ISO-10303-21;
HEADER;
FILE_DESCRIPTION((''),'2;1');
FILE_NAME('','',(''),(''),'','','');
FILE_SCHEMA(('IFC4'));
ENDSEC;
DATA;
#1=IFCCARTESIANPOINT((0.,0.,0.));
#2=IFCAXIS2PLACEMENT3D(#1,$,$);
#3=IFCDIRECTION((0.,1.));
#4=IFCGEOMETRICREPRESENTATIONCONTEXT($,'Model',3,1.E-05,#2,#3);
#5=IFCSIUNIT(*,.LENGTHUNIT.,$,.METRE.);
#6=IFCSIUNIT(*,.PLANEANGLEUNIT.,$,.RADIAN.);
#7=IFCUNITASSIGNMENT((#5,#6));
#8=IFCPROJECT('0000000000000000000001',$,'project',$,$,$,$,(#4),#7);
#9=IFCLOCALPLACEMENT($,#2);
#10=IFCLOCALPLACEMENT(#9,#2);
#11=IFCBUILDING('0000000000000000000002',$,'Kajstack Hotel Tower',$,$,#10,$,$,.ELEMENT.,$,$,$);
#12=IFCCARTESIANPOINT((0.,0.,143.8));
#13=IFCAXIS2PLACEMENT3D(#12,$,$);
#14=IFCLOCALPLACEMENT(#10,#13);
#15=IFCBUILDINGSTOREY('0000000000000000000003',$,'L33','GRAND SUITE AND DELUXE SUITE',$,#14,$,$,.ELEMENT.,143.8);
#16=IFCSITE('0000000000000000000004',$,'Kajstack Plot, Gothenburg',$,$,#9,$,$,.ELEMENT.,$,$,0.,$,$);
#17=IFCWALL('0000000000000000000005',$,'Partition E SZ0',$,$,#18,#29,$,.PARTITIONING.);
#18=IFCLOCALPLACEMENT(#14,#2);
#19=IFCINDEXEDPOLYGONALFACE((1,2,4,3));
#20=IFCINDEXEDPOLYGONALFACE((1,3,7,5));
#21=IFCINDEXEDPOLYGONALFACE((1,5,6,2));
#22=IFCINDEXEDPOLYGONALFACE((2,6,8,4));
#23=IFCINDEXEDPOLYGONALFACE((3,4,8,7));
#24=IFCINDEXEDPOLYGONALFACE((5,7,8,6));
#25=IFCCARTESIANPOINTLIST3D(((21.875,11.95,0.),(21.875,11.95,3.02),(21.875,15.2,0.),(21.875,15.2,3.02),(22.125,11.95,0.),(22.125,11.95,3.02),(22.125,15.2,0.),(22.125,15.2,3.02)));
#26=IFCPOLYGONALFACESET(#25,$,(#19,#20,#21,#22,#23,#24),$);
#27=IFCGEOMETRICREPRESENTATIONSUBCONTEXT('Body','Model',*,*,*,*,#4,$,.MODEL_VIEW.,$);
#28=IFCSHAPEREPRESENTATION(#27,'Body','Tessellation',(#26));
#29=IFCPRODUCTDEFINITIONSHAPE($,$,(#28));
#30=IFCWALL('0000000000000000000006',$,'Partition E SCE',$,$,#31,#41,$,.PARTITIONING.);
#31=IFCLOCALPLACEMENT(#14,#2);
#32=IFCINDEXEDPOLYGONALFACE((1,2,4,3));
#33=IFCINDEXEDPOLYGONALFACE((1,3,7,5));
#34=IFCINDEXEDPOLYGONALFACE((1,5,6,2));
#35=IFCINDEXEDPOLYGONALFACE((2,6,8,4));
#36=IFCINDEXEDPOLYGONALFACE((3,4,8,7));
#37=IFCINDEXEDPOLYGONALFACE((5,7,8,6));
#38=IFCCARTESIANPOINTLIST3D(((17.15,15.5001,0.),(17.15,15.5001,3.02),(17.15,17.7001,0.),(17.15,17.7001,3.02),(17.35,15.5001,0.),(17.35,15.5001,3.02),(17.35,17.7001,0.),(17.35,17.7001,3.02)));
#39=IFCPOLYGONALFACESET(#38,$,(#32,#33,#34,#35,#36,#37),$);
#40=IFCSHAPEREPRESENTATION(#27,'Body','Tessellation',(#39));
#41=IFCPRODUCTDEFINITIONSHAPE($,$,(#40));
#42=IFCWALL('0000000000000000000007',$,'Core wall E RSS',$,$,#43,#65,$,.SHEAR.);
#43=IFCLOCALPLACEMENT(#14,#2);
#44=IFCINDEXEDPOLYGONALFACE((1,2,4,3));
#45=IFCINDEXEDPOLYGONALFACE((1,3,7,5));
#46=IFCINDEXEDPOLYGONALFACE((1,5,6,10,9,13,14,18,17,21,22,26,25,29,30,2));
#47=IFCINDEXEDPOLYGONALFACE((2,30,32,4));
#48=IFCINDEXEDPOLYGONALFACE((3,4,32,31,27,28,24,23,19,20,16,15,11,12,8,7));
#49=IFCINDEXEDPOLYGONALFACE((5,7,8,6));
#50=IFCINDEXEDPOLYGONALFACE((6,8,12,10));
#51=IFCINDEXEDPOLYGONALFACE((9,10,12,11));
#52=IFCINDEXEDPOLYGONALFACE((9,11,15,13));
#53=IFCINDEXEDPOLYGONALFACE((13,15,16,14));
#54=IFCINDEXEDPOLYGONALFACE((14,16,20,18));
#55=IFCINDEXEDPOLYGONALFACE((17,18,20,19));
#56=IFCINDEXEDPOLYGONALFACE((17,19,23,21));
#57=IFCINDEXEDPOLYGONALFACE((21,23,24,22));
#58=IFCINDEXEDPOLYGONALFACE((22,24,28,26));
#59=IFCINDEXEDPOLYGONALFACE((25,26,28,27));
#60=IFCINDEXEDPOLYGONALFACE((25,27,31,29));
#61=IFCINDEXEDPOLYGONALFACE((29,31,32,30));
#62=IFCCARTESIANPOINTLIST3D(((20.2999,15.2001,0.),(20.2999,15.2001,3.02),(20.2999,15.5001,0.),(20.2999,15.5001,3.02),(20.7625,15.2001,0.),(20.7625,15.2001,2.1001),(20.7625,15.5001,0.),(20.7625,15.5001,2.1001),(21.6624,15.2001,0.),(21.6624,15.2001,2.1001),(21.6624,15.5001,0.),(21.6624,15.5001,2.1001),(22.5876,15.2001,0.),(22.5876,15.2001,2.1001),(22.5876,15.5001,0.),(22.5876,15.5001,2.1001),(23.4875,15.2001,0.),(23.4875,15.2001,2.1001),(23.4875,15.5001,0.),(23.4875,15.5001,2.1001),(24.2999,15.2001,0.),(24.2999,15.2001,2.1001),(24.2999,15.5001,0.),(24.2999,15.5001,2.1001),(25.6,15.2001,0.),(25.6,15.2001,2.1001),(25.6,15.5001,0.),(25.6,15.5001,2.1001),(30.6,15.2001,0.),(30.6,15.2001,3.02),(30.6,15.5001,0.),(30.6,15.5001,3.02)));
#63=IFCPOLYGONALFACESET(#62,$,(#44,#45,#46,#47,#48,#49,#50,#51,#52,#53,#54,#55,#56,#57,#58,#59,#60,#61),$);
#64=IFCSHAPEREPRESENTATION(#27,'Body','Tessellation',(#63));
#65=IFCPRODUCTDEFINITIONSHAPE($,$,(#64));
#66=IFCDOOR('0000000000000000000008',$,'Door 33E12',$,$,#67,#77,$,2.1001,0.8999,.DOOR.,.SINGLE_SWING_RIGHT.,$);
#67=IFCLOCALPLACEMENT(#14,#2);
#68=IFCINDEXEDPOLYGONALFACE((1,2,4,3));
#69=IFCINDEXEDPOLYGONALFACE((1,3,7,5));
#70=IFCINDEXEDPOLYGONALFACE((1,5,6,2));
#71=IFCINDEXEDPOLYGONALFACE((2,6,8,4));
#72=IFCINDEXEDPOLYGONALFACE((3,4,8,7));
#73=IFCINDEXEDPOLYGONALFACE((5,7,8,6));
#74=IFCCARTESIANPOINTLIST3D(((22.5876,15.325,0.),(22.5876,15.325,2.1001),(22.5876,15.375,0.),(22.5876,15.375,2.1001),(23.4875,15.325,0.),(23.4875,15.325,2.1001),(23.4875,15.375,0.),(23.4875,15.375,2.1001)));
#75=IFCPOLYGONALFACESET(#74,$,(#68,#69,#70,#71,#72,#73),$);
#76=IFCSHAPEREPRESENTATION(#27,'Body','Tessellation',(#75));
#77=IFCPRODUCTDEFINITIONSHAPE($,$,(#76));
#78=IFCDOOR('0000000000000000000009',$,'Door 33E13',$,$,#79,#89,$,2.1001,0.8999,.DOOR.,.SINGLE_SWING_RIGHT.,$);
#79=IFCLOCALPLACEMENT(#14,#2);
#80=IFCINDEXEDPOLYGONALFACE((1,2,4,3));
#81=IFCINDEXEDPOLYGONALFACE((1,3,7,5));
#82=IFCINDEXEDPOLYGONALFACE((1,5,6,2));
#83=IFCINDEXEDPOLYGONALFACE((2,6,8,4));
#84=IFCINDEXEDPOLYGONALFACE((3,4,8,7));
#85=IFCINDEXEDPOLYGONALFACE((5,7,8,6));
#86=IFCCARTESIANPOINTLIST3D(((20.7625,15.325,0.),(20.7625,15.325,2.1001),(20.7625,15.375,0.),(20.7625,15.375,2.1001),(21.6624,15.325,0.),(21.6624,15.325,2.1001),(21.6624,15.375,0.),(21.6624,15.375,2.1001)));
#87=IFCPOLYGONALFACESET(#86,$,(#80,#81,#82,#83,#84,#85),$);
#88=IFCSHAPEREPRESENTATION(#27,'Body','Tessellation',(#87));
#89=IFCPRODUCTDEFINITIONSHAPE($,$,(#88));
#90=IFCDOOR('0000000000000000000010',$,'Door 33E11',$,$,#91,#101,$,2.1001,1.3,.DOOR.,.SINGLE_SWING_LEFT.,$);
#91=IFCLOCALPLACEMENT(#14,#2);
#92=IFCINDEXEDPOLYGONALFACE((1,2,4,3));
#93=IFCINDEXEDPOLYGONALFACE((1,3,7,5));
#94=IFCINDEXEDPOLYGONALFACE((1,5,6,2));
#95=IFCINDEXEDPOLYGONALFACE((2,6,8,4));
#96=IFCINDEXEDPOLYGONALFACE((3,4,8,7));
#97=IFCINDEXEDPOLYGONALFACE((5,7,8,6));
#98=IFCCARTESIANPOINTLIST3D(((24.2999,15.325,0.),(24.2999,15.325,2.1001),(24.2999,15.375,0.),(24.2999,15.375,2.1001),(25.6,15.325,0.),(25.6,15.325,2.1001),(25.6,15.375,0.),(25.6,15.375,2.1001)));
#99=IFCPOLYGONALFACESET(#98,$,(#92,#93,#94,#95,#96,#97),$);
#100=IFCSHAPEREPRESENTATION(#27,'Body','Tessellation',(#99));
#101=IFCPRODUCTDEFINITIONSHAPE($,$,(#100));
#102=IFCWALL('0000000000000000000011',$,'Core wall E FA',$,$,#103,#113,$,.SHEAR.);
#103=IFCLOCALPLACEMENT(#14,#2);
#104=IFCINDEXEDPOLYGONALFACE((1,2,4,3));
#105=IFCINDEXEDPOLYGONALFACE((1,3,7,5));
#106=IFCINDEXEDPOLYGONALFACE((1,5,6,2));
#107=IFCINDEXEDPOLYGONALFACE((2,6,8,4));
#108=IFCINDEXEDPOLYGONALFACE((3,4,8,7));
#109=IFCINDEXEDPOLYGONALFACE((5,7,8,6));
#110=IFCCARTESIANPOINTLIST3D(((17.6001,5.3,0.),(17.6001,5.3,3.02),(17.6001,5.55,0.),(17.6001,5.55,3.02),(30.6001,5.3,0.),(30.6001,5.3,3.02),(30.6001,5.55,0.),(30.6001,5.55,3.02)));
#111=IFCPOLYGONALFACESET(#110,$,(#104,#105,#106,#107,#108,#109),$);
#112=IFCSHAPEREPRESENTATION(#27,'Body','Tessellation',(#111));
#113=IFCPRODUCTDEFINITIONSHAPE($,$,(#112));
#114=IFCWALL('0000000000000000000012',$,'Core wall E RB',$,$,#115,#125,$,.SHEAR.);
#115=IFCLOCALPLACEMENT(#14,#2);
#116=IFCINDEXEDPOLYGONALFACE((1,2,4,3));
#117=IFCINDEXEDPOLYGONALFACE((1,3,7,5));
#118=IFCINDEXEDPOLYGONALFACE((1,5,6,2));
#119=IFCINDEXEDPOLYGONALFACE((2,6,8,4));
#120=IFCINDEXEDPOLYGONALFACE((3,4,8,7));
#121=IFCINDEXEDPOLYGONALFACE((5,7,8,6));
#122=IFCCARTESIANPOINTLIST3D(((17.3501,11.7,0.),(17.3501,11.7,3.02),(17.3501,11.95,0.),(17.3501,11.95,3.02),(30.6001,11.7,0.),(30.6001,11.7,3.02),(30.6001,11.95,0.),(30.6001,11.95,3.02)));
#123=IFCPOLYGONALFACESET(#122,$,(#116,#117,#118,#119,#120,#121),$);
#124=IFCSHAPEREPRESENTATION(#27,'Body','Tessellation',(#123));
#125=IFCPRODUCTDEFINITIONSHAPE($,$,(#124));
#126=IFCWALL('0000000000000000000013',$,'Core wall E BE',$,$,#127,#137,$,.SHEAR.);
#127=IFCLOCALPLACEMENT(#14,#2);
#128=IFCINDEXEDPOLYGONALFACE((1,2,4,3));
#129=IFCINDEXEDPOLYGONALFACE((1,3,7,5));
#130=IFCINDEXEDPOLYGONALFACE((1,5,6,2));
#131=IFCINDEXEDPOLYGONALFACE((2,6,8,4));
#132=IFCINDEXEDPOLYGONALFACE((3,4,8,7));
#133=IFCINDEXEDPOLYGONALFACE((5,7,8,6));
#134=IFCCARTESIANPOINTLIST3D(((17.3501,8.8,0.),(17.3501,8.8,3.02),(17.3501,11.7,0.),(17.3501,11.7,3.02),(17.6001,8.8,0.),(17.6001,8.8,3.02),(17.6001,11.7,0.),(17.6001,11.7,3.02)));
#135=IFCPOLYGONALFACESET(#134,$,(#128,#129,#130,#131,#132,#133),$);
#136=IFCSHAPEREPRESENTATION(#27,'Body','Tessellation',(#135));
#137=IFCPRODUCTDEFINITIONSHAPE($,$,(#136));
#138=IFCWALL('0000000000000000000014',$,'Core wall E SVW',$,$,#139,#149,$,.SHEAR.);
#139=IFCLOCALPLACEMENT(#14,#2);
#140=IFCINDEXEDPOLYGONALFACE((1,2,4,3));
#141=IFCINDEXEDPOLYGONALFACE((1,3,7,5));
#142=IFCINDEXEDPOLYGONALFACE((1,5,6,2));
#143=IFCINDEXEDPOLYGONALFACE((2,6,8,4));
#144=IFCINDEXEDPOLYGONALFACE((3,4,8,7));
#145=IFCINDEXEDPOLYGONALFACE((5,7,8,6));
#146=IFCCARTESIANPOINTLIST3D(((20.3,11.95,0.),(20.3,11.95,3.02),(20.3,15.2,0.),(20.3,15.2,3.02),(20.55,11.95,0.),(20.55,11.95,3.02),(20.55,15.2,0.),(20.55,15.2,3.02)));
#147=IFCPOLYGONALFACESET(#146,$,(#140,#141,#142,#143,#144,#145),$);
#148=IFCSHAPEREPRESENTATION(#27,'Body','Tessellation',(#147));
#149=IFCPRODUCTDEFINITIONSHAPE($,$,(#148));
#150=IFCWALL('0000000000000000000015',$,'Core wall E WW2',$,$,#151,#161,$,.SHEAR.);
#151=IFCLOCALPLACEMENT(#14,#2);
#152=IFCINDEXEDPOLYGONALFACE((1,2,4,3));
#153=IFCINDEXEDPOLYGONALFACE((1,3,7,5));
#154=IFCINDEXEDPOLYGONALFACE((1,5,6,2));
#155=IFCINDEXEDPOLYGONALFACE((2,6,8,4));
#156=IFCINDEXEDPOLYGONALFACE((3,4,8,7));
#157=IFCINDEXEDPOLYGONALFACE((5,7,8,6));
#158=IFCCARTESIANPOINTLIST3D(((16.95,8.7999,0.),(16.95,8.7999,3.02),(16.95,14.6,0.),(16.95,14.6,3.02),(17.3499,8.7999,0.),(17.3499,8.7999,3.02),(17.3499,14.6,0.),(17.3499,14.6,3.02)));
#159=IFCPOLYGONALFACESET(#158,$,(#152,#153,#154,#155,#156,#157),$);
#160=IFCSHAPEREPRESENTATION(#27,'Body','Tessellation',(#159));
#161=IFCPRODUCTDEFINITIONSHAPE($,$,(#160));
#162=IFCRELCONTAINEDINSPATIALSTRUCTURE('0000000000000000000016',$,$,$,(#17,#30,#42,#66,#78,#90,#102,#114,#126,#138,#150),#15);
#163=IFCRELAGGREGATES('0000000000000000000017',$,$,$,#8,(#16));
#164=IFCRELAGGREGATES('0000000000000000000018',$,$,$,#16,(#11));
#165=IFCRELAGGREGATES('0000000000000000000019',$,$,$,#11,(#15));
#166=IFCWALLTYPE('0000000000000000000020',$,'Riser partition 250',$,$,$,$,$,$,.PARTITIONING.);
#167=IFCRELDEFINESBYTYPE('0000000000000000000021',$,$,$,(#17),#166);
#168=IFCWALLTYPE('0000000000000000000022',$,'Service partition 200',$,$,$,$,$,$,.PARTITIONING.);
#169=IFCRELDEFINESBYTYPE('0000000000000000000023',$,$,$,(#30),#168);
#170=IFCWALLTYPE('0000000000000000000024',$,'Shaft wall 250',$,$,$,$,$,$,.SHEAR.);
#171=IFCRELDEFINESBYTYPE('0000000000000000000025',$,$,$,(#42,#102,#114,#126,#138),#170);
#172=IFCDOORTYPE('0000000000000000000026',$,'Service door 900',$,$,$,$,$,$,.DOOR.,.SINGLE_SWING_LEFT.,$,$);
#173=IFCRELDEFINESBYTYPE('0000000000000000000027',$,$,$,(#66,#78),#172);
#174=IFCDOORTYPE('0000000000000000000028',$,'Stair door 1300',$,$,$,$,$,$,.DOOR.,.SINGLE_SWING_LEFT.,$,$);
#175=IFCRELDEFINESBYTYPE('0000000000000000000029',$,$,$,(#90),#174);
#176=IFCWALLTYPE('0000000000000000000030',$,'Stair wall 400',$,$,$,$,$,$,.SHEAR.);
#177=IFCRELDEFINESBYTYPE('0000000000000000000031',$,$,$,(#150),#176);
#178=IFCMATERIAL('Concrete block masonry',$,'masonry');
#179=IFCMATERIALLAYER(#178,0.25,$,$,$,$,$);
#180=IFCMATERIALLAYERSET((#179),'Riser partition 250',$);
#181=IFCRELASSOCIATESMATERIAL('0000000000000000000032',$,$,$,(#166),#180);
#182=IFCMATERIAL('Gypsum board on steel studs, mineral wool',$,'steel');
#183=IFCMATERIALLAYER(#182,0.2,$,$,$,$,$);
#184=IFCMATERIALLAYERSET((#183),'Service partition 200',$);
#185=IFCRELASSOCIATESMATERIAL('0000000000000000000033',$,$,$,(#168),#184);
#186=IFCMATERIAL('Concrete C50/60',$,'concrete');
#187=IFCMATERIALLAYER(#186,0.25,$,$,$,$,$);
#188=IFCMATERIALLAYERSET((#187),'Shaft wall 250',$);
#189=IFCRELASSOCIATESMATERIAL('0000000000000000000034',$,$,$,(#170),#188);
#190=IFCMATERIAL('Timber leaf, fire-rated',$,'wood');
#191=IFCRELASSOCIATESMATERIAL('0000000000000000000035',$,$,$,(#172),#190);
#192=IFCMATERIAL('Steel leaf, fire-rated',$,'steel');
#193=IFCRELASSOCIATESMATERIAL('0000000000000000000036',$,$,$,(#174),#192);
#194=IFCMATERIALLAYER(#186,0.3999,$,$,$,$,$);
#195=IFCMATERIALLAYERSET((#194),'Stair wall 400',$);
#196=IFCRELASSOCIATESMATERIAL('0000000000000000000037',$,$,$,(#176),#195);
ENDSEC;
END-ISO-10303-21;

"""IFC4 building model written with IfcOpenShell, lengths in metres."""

from ifc_helpers import new_model, si_unit, direction, frame, frame_2d, origin, place, context, subcontext, project, spatial, rectangle, extrude, material, layer, layer_set, type_object, element, fill, save


model = new_model("IFC4")

# Units and contexts
model_context = context("Model", 3, precision=1e-05, world=origin(), true_north=direction((0.0, 1.0)))
body_context = subcontext(model_context, "Body", "Model", "MODEL_VIEW")
ifc_project = project(units=[si_unit("LENGTHUNIT", "METRE"), si_unit("PLANEANGLEUNIT", "RADIAN")], contexts=[model_context])

# Site, building, storey
site_placement = place(None, origin())
site = spatial("IfcSite", under=ifc_project, at=site_placement, Name="Kajstack Plot, Gothenburg", CompositionType="ELEMENT", RefElevation=0.0)
building_placement = place(site_placement, origin())
building = spatial("IfcBuilding", under=site, at=building_placement, Name="Kajstack Hotel Tower", CompositionType="ELEMENT")
storey_placement = place(building_placement, frame((0.0, 0.0, 143.8)))
storey = spatial("IfcBuildingStorey", under=building, at=storey_placement, Name="L33", Description="GRAND SUITE AND DELUXE SUITE", CompositionType="ELEMENT", Elevation=143.8)

# Walls
ifc_material_1 = material(Name="Concrete block masonry", Category="masonry")
ifc_layer_1 = layer(ifc_material_1, 0.25)
ifc_layer_set_1 = layer_set([ifc_layer_1], Name="Riser partition 250")
wall_type_1 = type_object("IfcWallType", Name="Riser partition 250", PredefinedType="PARTITIONING", material=ifc_layer_set_1)
wall_1_placement = place(storey_placement, frame((22.0, 11.95, 0.0), z_axis=(0.0, 0.0, 1.0), x_axis=(0.0, 1.0, 0.0)))
element("IfcWall", 1, at=wall_1_placement, inside=storey, type_object=wall_type_1, Name="Partition E SZ0", PredefinedType="PARTITIONING", context=body_context, shape_type="SweptSolid", body=[
    extrude(rectangle(XDim=3.25, YDim=0.25, at=frame_2d((1.625, 0.0))), origin(), (0.0, 0.0, 1.0), 3.02),
])
ifc_material_2 = material(Name="Gypsum board on steel studs, mineral wool", Category="steel")
ifc_layer_2 = layer(ifc_material_2, 0.2)
ifc_layer_set_2 = layer_set([ifc_layer_2], Name="Service partition 200")
wall_type_2 = type_object("IfcWallType", Name="Service partition 200", PredefinedType="PARTITIONING", material=ifc_layer_set_2)
wall_2_placement = place(storey_placement, frame((17.25, 15.5, 0.0), z_axis=(0.0, 0.0, 1.0), x_axis=(0.0, 1.0, 0.0)))
element("IfcWall", 2, at=wall_2_placement, inside=storey, type_object=wall_type_2, Name="Partition E SCE", PredefinedType="PARTITIONING", context=body_context, shape_type="SweptSolid", body=[
    extrude(rectangle(XDim=2.2, YDim=0.2, at=frame_2d((1.1001, 0.0))), origin(), (0.0, 0.0, 1.0), 3.02),
])

# Wall, openings, doors
ifc_material_3 = material(Name="Concrete C50/60", Category="concrete")
ifc_layer_3 = layer(ifc_material_3, 0.25)
ifc_layer_set_3 = layer_set([ifc_layer_3], Name="Shaft wall 250")
wall_type_3 = type_object("IfcWallType", Name="Shaft wall 250", PredefinedType="SHEAR", material=ifc_layer_set_3)
wall_3_placement = place(storey_placement, frame((20.3, 15.3501, 0.0), z_axis=(0.0, 0.0, 1.0), x_axis=(1.0, 0.0, 0.0)))
wall_3 = element("IfcWall", 3, at=wall_3_placement, inside=storey, type_object=wall_type_3, Name="Core wall E RSS", PredefinedType="SHEAR", context=body_context, shape_type="SweptSolid", body=[
    extrude(rectangle(XDim=10.3, YDim=0.3, at=frame_2d((5.1499, 0.0))), origin(), (0.0, 0.0, 1.0), 3.02),
])
opening_1_placement = place(wall_3_placement, frame((4.0, 0.0, 0.0)))
opening_1 = element("IfcOpeningElement", 4, at=opening_1_placement, cuts=wall_3, PredefinedType="OPENING", context=body_context, shape_type="SweptSolid", body=[
    extrude(rectangle(XDim=1.3, YDim=2.1001, at=frame_2d((0.6499, 1.05))), frame((0.0, 0.1599, 0.0), z_axis=(0.0, -1.0, 0.0), x_axis=(1.0, 0.0, 0.0)), (0.0, 0.0, 1.0), 0.3201),
])
opening_2_placement = place(wall_3_placement, frame((2.2876, 0.0, 0.0)))
opening_2 = element("IfcOpeningElement", 5, at=opening_2_placement, cuts=wall_3, PredefinedType="OPENING", context=body_context, shape_type="SweptSolid", body=[
    extrude(rectangle(XDim=0.8999, YDim=2.1001, at=frame_2d((0.45, 1.05))), frame((0.0, 0.1599, 0.0), z_axis=(0.0, -1.0, 0.0), x_axis=(1.0, 0.0, 0.0)), (0.0, 0.0, 1.0), 0.3201),
])
opening_3_placement = place(wall_3_placement, frame((0.4624, 0.0, 0.0)))
opening_3 = element("IfcOpeningElement", 6, at=opening_3_placement, cuts=wall_3, PredefinedType="OPENING", context=body_context, shape_type="SweptSolid", body=[
    extrude(rectangle(XDim=0.8999, YDim=2.1001, at=frame_2d((0.45, 1.05))), frame((0.0, 0.1599, 0.0), z_axis=(0.0, -1.0, 0.0), x_axis=(1.0, 0.0, 0.0)), (0.0, 0.0, 1.0), 0.3201),
])
ifc_material_4 = material(Name="Timber leaf, fire-rated", Category="wood")
door_type_1 = type_object("IfcDoorType", Name="Service door 900", OperationType="SINGLE_SWING_LEFT", PredefinedType="DOOR", material=ifc_material_4)
door_1_placement = place(opening_2_placement, origin())
door_1 = element("IfcDoor", 7, at=door_1_placement, inside=storey, type_object=door_type_1, Name="Door 33E12", OperationType="SINGLE_SWING_RIGHT", OverallHeight=2.1001, OverallWidth=0.8999, PredefinedType="DOOR", context=body_context, shape_type="SweptSolid", body=[
    extrude(rectangle(XDim=0.8999, YDim=2.1001, at=frame_2d((0.45, 1.05))), frame((0.0, 0.0249, 0.0), z_axis=(0.0, -1.0, 0.0), x_axis=(1.0, 0.0, 0.0)), (0.0, 0.0, 1.0), 0.05),
])
fill(opening_2, door_1)
door_2_placement = place(opening_3_placement, origin())
door_2 = element("IfcDoor", 8, at=door_2_placement, inside=storey, type_object=door_type_1, Name="Door 33E13", OperationType="SINGLE_SWING_RIGHT", OverallHeight=2.1001, OverallWidth=0.8999, PredefinedType="DOOR", context=body_context, shape_type="SweptSolid", body=[
    extrude(rectangle(XDim=0.8999, YDim=2.1001, at=frame_2d((0.45, 1.05))), frame((0.0, 0.0249, 0.0), z_axis=(0.0, -1.0, 0.0), x_axis=(1.0, 0.0, 0.0)), (0.0, 0.0, 1.0), 0.05),
])
fill(opening_3, door_2)
ifc_material_5 = material(Name="Steel leaf, fire-rated", Category="steel")
door_type_2 = type_object("IfcDoorType", Name="Stair door 1300", OperationType="SINGLE_SWING_LEFT", PredefinedType="DOOR", material=ifc_material_5)
door_3_placement = place(opening_1_placement, origin())
door_3 = element("IfcDoor", 9, at=door_3_placement, inside=storey, type_object=door_type_2, Name="Door 33E11", OperationType="SINGLE_SWING_LEFT", OverallHeight=2.1001, OverallWidth=1.3, PredefinedType="DOOR", context=body_context, shape_type="SweptSolid", body=[
    extrude(rectangle(XDim=1.3, YDim=2.1001, at=frame_2d((0.6499, 1.05))), frame((0.0, 0.0249, 0.0), z_axis=(0.0, -1.0, 0.0), x_axis=(1.0, 0.0, 0.0)), (0.0, 0.0, 1.0), 0.05),
])
fill(opening_1, door_3)

# Walls
wall_4_placement = place(storey_placement, frame((17.6001, 5.425, 0.0), z_axis=(0.0, 0.0, 1.0), x_axis=(1.0, 0.0, 0.0)))
element("IfcWall", 10, at=wall_4_placement, inside=storey, type_object=wall_type_3, Name="Core wall E FA", PredefinedType="SHEAR", context=body_context, shape_type="SweptSolid", body=[
    extrude(rectangle(XDim=13.0, YDim=0.25, at=frame_2d((6.5, 0.0))), origin(), (0.0, 0.0, 1.0), 3.02),
])
wall_5_placement = place(storey_placement, frame((17.3501, 11.825, 0.0), z_axis=(0.0, 0.0, 1.0), x_axis=(1.0, 0.0, 0.0)))
element("IfcWall", 11, at=wall_5_placement, inside=storey, type_object=wall_type_3, Name="Core wall E RB", PredefinedType="SHEAR", context=body_context, shape_type="SweptSolid", body=[
    extrude(rectangle(XDim=13.25, YDim=0.25, at=frame_2d((6.625, 0.0))), origin(), (0.0, 0.0, 1.0), 3.02),
])
wall_6_placement = place(storey_placement, frame((17.4751, 8.8, 0.0), z_axis=(0.0, 0.0, 1.0), x_axis=(0.0, 1.0, 0.0)))
element("IfcWall", 12, at=wall_6_placement, inside=storey, type_object=wall_type_3, Name="Core wall E BE", PredefinedType="SHEAR", context=body_context, shape_type="SweptSolid", body=[
    extrude(rectangle(XDim=2.8999, YDim=0.25, at=frame_2d((1.45, 0.0))), origin(), (0.0, 0.0, 1.0), 3.02),
])
wall_7_placement = place(storey_placement, frame((20.425, 11.95, 0.0), z_axis=(0.0, 0.0, 1.0), x_axis=(0.0, 1.0, 0.0)))
element("IfcWall", 13, at=wall_7_placement, inside=storey, type_object=wall_type_3, Name="Core wall E SVW", PredefinedType="SHEAR", context=body_context, shape_type="SweptSolid", body=[
    extrude(rectangle(XDim=3.25, YDim=0.25, at=frame_2d((1.625, 0.0))), origin(), (0.0, 0.0, 1.0), 3.02),
])
ifc_layer_4 = layer(ifc_material_3, 0.3999)
ifc_layer_set_4 = layer_set([ifc_layer_4], Name="Stair wall 400")
wall_type_4 = type_object("IfcWallType", Name="Stair wall 400", PredefinedType="SHEAR", material=ifc_layer_set_4)
wall_8_placement = place(storey_placement, frame((17.1499, 8.8, 0.0), z_axis=(0.0, 0.0, 1.0), x_axis=(0.0, 1.0, 0.0)))
element("IfcWall", 14, at=wall_8_placement, inside=storey, type_object=wall_type_4, Name="Core wall E WW2", PredefinedType="SHEAR", context=body_context, shape_type="SweptSolid", body=[
    extrude(rectangle(XDim=5.8, YDim=0.3999, at=frame_2d((2.8999, 0.0))), origin(), (0.0, 0.0, 1.0), 3.02),
])

save(model, "model.ifc")
